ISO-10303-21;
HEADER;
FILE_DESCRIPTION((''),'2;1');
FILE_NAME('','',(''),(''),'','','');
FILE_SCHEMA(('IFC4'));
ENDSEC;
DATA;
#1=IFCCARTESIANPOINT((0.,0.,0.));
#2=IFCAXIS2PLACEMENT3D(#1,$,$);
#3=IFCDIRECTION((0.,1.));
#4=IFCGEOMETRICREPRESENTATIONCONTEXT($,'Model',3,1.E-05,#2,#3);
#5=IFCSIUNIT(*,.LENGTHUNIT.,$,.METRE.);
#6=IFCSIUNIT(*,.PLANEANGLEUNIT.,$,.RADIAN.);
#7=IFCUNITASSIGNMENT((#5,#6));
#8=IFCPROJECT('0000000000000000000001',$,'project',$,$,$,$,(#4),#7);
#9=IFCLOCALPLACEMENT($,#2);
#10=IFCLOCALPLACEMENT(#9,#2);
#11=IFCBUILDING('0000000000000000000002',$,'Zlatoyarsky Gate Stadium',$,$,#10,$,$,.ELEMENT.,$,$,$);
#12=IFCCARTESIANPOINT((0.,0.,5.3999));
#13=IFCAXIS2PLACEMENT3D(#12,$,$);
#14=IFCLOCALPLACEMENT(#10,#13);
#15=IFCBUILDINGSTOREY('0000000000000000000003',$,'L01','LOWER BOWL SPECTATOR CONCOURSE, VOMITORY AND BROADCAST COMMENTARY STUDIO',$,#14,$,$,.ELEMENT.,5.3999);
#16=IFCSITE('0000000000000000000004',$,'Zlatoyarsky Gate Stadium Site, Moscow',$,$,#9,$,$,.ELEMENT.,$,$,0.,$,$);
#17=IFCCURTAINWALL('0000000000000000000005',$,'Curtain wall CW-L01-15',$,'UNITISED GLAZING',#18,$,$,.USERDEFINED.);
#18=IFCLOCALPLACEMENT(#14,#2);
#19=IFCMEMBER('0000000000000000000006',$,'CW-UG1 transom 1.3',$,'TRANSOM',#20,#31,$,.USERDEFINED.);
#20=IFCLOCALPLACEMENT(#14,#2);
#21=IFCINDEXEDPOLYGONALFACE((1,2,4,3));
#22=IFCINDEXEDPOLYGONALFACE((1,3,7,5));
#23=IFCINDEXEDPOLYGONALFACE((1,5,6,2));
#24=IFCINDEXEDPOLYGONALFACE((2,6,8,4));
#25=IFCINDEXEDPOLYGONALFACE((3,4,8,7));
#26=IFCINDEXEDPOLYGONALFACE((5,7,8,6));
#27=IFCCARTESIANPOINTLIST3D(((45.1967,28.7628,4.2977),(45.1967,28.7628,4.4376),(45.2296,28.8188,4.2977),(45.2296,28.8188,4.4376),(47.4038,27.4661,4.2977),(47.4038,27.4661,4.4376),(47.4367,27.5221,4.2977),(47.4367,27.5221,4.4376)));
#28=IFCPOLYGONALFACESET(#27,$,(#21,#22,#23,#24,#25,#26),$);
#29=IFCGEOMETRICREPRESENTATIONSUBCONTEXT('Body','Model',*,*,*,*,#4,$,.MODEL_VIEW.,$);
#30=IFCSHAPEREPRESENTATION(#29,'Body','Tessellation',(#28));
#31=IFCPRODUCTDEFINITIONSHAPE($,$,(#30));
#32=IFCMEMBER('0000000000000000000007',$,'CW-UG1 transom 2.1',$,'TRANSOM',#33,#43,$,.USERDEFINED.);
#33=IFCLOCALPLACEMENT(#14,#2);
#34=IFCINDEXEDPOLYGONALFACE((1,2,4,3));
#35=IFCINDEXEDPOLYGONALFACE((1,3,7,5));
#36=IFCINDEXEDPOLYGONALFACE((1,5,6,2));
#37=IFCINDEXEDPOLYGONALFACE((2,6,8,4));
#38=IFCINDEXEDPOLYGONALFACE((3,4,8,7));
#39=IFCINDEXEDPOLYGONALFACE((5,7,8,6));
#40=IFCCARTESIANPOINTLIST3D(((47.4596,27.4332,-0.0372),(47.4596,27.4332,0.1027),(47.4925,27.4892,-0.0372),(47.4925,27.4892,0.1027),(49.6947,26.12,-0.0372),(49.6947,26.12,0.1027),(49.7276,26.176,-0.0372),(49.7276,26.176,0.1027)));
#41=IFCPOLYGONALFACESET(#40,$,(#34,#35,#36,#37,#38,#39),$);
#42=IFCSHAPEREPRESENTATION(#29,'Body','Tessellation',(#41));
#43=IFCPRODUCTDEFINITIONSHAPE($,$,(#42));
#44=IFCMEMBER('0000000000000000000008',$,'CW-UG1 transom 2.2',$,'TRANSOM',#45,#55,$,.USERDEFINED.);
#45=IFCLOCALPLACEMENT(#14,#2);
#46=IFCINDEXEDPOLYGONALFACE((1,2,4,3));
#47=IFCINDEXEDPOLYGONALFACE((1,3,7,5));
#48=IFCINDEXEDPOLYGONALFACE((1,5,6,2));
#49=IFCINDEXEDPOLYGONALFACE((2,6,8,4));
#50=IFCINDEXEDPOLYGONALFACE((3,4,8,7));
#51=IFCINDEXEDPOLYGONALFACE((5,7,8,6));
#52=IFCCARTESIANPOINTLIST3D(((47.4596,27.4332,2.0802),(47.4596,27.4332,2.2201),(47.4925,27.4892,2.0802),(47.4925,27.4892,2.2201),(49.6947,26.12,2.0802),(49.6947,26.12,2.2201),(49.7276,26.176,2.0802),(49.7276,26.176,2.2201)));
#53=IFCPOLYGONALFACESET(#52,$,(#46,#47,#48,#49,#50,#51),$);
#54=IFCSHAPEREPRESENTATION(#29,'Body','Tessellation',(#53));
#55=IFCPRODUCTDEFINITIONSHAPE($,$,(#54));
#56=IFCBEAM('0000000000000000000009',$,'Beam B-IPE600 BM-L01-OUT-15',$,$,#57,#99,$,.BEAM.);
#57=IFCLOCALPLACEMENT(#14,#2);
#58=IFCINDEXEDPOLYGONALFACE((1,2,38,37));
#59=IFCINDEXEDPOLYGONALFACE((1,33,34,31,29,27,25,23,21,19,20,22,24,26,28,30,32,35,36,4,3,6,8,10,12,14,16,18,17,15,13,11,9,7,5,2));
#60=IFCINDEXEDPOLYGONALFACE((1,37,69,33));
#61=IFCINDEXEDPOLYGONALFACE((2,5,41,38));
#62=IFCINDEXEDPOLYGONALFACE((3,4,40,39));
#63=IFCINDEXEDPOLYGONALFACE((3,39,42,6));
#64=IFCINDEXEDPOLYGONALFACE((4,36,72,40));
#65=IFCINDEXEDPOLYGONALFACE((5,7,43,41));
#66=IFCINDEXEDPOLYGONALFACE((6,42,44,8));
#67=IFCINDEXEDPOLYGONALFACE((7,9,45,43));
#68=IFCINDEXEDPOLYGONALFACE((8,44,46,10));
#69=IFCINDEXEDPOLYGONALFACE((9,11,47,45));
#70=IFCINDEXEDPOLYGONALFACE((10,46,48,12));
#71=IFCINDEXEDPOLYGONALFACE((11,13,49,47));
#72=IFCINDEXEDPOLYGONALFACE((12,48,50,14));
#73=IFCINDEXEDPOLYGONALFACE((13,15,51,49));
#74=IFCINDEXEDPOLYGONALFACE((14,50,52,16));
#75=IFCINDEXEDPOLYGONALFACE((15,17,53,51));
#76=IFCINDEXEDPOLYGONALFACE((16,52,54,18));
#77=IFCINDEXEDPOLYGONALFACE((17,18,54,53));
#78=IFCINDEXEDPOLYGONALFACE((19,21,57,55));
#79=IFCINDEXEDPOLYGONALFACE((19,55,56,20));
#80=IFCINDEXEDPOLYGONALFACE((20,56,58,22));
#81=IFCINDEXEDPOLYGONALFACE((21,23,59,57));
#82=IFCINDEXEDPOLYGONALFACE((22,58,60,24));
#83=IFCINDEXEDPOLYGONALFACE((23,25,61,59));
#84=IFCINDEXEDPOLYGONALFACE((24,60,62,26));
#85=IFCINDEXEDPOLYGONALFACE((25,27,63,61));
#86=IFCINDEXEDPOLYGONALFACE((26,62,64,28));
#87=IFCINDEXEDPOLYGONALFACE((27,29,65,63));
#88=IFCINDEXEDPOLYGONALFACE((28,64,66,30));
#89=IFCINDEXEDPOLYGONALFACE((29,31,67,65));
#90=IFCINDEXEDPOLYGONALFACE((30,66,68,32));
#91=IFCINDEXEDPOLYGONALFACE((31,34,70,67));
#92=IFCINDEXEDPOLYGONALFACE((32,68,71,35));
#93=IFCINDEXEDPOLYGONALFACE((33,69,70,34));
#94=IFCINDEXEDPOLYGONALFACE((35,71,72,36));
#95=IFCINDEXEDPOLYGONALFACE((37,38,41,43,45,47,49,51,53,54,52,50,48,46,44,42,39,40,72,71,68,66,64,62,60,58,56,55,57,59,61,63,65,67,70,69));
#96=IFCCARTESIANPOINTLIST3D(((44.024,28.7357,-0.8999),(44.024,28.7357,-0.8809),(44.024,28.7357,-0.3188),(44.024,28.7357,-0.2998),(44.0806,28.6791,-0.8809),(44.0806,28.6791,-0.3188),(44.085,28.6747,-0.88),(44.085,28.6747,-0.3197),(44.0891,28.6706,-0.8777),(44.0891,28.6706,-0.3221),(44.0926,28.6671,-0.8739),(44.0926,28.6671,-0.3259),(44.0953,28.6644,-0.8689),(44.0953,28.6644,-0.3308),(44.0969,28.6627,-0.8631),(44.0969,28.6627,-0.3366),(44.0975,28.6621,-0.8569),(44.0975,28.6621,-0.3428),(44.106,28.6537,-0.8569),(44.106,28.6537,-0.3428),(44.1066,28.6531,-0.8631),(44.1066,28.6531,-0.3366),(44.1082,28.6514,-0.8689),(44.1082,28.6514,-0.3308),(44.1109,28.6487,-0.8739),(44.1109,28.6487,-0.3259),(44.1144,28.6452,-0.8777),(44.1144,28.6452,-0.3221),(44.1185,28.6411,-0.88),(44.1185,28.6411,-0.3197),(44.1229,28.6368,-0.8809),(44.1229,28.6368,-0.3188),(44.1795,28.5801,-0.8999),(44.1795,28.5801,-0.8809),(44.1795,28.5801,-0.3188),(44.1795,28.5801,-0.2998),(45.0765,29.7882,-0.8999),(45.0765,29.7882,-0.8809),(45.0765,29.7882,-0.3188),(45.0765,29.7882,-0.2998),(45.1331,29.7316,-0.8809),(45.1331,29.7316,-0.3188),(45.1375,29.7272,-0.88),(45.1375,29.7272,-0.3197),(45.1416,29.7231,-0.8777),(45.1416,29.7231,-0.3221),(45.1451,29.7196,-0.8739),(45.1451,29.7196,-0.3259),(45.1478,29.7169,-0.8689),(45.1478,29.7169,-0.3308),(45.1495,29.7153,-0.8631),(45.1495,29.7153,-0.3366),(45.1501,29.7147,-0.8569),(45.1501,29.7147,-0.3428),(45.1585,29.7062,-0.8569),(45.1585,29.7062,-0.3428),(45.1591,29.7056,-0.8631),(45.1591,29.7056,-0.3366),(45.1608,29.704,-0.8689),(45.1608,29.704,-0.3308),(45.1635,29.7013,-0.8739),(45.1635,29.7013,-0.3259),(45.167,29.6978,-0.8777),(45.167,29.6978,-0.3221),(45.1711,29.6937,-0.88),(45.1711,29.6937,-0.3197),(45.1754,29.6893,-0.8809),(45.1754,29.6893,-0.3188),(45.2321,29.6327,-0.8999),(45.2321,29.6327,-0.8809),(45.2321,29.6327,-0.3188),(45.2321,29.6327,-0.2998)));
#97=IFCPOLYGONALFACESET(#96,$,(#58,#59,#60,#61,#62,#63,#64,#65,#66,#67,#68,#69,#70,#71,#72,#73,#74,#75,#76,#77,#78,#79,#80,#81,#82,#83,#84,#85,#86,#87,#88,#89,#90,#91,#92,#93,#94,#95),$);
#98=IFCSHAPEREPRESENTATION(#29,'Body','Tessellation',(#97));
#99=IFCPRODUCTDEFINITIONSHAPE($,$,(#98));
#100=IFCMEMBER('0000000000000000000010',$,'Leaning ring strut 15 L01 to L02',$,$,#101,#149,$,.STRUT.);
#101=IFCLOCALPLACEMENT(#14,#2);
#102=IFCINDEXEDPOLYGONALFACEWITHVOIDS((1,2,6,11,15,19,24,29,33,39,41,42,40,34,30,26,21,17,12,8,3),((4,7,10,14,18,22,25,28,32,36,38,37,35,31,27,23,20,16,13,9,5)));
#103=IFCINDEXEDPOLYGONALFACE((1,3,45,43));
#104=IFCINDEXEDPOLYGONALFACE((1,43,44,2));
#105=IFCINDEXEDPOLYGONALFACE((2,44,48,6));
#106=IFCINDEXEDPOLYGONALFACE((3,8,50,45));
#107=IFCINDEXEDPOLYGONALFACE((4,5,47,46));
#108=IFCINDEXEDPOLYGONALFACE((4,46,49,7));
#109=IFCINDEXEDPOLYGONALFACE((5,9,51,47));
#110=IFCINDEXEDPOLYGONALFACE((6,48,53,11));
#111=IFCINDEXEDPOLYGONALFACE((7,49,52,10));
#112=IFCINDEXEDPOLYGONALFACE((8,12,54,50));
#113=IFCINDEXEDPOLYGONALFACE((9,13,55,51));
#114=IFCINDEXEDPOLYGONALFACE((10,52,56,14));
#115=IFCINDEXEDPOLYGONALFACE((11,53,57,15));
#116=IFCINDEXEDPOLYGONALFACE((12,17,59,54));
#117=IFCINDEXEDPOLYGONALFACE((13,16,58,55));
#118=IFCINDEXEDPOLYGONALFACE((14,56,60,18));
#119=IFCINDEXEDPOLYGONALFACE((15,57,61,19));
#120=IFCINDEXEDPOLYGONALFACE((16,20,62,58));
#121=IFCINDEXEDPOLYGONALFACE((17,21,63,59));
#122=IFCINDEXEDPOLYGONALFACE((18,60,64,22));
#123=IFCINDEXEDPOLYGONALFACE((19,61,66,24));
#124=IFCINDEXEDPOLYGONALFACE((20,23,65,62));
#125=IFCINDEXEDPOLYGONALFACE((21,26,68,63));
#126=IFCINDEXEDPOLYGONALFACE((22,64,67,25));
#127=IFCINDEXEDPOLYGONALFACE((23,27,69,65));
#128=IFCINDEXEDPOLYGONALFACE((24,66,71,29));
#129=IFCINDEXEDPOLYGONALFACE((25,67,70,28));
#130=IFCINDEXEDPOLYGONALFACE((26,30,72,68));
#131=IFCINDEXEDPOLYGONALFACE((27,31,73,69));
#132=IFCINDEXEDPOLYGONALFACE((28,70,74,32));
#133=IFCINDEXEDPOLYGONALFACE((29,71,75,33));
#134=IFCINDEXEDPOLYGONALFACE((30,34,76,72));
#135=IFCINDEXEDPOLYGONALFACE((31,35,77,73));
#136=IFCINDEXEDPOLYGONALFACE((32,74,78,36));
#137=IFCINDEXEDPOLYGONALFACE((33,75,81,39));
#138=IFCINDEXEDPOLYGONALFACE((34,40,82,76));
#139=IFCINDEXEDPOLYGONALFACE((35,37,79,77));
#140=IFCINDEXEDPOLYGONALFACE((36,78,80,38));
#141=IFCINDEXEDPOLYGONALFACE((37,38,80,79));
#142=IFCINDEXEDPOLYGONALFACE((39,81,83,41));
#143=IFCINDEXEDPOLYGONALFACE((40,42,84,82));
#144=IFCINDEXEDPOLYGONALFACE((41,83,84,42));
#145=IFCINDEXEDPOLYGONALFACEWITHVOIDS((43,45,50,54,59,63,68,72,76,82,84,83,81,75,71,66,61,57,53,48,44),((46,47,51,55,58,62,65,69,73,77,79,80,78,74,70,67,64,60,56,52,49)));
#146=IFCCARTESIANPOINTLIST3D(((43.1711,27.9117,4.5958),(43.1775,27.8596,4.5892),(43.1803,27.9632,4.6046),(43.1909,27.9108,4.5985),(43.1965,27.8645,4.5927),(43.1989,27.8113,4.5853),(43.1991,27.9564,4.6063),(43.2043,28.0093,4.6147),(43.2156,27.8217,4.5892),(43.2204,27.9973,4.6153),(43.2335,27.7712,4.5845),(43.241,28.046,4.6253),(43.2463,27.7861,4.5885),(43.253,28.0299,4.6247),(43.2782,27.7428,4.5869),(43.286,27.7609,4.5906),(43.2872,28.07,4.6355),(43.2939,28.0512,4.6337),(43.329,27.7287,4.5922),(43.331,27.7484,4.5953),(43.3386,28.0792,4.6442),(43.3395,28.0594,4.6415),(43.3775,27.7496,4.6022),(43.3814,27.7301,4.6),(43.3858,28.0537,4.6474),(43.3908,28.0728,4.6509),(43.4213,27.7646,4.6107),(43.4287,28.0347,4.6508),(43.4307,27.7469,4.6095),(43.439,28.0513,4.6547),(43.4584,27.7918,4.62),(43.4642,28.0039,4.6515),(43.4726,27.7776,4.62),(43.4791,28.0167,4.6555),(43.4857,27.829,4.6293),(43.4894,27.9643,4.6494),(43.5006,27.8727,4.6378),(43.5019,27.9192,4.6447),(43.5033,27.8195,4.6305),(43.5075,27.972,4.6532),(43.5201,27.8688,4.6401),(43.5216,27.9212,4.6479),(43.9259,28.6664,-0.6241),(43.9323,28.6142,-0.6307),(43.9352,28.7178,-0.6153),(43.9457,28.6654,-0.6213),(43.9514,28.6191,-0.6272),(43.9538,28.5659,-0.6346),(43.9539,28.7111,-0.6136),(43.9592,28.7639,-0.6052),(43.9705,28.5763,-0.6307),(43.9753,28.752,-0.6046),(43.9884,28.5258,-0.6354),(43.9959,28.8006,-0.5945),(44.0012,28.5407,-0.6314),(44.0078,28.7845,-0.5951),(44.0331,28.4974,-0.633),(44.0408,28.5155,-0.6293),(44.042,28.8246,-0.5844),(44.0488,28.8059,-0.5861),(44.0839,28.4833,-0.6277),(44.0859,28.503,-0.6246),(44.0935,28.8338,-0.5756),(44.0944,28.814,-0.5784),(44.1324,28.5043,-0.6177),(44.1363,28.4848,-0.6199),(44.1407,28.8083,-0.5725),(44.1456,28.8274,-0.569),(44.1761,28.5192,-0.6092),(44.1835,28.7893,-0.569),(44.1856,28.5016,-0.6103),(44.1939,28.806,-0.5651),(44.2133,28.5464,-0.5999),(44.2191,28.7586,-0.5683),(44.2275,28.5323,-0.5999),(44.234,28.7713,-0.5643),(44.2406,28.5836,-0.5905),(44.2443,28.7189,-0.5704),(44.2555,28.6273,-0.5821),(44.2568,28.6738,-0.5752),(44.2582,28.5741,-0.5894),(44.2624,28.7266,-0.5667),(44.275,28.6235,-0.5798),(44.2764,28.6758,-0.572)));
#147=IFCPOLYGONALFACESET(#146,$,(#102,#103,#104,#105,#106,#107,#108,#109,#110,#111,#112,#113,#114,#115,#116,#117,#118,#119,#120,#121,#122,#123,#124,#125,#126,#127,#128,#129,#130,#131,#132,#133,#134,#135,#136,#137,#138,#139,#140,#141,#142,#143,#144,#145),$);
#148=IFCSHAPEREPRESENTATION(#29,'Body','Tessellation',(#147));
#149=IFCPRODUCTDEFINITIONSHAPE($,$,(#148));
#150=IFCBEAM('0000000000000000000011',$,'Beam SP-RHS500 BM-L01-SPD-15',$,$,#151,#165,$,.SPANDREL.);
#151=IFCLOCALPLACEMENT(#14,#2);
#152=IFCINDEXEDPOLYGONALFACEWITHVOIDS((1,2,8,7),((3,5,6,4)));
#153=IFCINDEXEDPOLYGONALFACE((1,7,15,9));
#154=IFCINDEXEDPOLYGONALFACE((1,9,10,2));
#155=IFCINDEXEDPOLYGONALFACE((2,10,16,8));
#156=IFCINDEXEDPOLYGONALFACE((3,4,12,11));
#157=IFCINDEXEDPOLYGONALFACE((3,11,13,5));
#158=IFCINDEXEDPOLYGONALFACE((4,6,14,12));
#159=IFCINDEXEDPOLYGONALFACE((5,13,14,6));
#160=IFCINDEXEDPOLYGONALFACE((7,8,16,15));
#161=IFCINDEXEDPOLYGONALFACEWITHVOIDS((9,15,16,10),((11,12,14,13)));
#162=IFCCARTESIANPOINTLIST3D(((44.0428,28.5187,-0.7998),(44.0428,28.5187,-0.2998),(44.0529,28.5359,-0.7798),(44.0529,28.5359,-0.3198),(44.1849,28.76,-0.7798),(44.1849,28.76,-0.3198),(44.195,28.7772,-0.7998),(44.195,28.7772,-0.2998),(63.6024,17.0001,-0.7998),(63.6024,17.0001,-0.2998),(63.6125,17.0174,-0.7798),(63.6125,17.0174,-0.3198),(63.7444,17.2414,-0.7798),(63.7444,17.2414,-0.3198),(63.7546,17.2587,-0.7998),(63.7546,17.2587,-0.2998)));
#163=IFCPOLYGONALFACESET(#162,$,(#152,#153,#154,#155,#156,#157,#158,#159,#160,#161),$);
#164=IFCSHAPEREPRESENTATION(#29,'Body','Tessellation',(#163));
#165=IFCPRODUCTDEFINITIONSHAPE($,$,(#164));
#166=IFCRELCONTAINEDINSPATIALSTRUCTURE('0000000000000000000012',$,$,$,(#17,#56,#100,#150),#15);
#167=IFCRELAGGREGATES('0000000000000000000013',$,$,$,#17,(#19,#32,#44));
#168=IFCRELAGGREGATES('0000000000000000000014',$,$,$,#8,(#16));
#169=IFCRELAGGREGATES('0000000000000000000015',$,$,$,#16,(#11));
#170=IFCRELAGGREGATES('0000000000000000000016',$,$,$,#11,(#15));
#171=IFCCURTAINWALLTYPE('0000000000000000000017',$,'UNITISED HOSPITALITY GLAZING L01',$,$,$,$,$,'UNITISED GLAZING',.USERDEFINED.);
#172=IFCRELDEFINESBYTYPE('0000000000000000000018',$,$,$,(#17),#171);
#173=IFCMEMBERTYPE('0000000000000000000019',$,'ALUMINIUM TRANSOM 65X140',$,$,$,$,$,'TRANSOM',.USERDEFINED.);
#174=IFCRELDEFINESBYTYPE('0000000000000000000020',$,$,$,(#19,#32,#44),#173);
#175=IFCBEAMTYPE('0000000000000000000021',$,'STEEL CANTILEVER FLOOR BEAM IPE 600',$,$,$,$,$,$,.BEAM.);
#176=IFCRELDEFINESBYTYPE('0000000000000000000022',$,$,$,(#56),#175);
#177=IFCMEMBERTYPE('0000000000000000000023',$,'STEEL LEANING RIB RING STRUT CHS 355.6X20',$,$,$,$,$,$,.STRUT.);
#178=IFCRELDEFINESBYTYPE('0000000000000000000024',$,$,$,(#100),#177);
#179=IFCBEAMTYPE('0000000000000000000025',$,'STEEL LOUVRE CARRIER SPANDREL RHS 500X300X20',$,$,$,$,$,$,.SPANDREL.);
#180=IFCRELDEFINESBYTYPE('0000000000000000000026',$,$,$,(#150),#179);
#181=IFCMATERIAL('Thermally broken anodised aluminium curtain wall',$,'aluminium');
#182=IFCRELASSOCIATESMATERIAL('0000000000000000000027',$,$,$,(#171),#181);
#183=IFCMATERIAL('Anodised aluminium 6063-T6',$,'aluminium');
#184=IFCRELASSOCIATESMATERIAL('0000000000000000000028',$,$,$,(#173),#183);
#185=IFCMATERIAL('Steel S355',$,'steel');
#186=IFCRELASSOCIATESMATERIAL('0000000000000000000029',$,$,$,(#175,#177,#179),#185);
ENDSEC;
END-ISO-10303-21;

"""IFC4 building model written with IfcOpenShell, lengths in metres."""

from ifc_helpers import new_model, si_unit, direction, frame, origin, origin_2d, place, context, subcontext, project, spatial, rectangle, hollow_rectangle, hollow_circle, i_section, extrude, material, material_profile, profile_set, type_object, element, aggregate, save


model = new_model("IFC4")

# Units and contexts
model_context = context("Model", 3, precision=1e-05, world=origin(), true_north=direction((0.0, 1.0)))
body_context = subcontext(model_context, "Body", "Model", "MODEL_VIEW")
ifc_project = project(units=[si_unit("LENGTHUNIT", "METRE"), si_unit("PLANEANGLEUNIT", "RADIAN")], contexts=[model_context])

# Site, building, storey
site_placement = place(None, origin())
site = spatial("IfcSite", under=ifc_project, at=site_placement, Name="Zlatoyarsky Gate Stadium Site, Moscow", CompositionType="ELEMENT", RefElevation=0.0)
building_placement = place(site_placement, origin())
building = spatial("IfcBuilding", under=site, at=building_placement, Name="Zlatoyarsky Gate Stadium", CompositionType="ELEMENT")
storey_placement = place(building_placement, frame((0.0, 0.0, 5.3999)))
storey = spatial("IfcBuildingStorey", under=building, at=storey_placement, Name="L01", Description="LOWER BOWL SPECTATOR CONCOURSE, VOMITORY AND BROADCAST COMMENTARY STUDIO", CompositionType="ELEMENT", Elevation=5.3999)

# Shared definitions
ifc_material_1 = material(Name="Steel S355", Category="steel")

# Curtain wall
ifc_material_2 = material(Name="Thermally broken anodised aluminium curtain wall", Category="aluminium")
curtain_wall_type = type_object("IfcCurtainWallType", Name="UNITISED HOSPITALITY GLAZING L01", ElementType="UNITISED GLAZING", PredefinedType="USERDEFINED", material=ifc_material_2)
ifc_material_3 = material(Name="Anodised aluminium 6063-T6", Category="aluminium")
curtain_wall_1_placement = place(storey_placement, origin())
curtain_wall_1 = element("IfcCurtainWall", 1, at=curtain_wall_1_placement, inside=storey, type_object=curtain_wall_type, Name="Curtain wall CW-L01-15", ObjectType="UNITISED GLAZING", PredefinedType="USERDEFINED")

# Members
ifc_material_profile_1 = material_profile(ifc_material_3, rectangle(XDim=0.0649, YDim=0.1399, at=origin_2d()), Name="ALU 65X140")
ifc_profile_set_1 = profile_set([ifc_material_profile_1], Name="Anodised aluminium 6063-T6")
member_type_1 = type_object("IfcMemberType", Name="ALUMINIUM TRANSOM 65X140", ElementType="TRANSOM", PredefinedType="USERDEFINED", material=ifc_profile_set_1)
member_1_placement = place(storey_placement, frame((45.2131, 28.7908, 4.3677), z_axis=(0.862211, -0.506549, 0.0), x_axis=(0.506549, 0.862211, 0.0)))
member_1 = element("IfcMember", 2, at=member_1_placement, type_object=member_type_1, Name="CW-UG1 transom 1.3", ObjectType="TRANSOM", PredefinedType="USERDEFINED", context=body_context, shape_type="SweptSolid", body=[
    extrude(rectangle(XDim=0.0649, YDim=0.1399, at=origin_2d()), origin(), (0.0, 0.0, 1.0), 2.5598),
])
member_2_placement = place(storey_placement, frame((47.4761, 27.4612, 0.0327), z_axis=(0.862193, -0.50658, 0.0), x_axis=(0.50658, 0.862193, 0.0)))
member_2 = element("IfcMember", 3, at=member_2_placement, type_object=member_type_1, Name="CW-UG1 transom 2.1", ObjectType="TRANSOM", PredefinedType="USERDEFINED", context=body_context, shape_type="SweptSolid", body=[
    extrude(rectangle(XDim=0.0649, YDim=0.1399, at=origin_2d()), origin(), (0.0, 0.0, 1.0), 2.5923),
])
member_3_placement = place(storey_placement, frame((47.4761, 27.4612, 2.1501), z_axis=(0.862193, -0.50658, 0.0), x_axis=(0.50658, 0.862193, 0.0)))
member_3 = element("IfcMember", 4, at=member_3_placement, type_object=member_type_1, Name="CW-UG1 transom 2.2", ObjectType="TRANSOM", PredefinedType="USERDEFINED", context=body_context, shape_type="SweptSolid", body=[
    extrude(rectangle(XDim=0.0649, YDim=0.1399, at=origin_2d()), origin(), (0.0, 0.0, 1.0), 2.5923),
])

# Beam
ifc_material_profile_2 = material_profile(ifc_material_1, i_section(OverallWidth=0.22, OverallDepth=0.6001, WebThickness=0.012, FlangeThickness=0.019, FilletRadius=0.0239, at=origin_2d()), Name="IPE 600")
ifc_profile_set_2 = profile_set([ifc_material_profile_2], Name="Steel S355")
beam_type_1 = type_object("IfcBeamType", Name="STEEL CANTILEVER FLOOR BEAM IPE 600", PredefinedType="BEAM", material=ifc_profile_set_2)
beam_1_placement = place(storey_placement, frame((45.1543, 29.7104, -0.5999), z_axis=(-0.707107, -0.707107, 0.0), x_axis=(0.707107, -0.707107, 0.0)))
element("IfcBeam", 5, at=beam_1_placement, inside=storey, type_object=beam_type_1, Name="Beam B-IPE600 BM-L01-OUT-15", PredefinedType="BEAM", context=body_context, shape_type="SweptSolid", body=[
    extrude(i_section(OverallWidth=0.22, OverallDepth=0.6001, WebThickness=0.012, FlangeThickness=0.019, FilletRadius=0.0239, at=origin_2d()), origin(), (0.0, 0.0, 1.0), 1.4885),
])

# Member
ifc_material_profile_3 = material_profile(ifc_material_1, hollow_circle(Radius=0.1777, WallThickness=0.02, at=origin_2d()), Name="CHS 355.6X20")
ifc_profile_set_3 = profile_set([ifc_material_profile_3], Name="Steel S355")
member_type_2 = type_object("IfcMemberType", Name="STEEL LEANING RIB RING STRUT CHS 355.6X20", PredefinedType="STRUT", material=ifc_profile_set_3)
member_4_placement = place(storey_placement, frame((44.1018, 28.658, -0.5999), z_axis=(-0.141683, -0.141637, 0.979727), x_axis=(0.706992, -0.707221, 0.0)))
element("IfcMember", 6, at=member_4_placement, inside=storey, type_object=member_type_2, Name="Leaning ring strut 15 L01 to L02", PredefinedType="STRUT", context=body_context, shape_type="SweptSolid", body=[
    extrude(hollow_circle(Radius=0.1777, WallThickness=0.02, at=origin_2d()), origin(), (0.0, 0.0, 1.0), 5.3279),
])

# Beam
ifc_material_profile_4 = material_profile(ifc_material_1, hollow_rectangle(XDim=0.3, YDim=0.5, WallThickness=0.02, at=origin_2d()), Name="RHS 500X300X20")
ifc_profile_set_4 = profile_set([ifc_material_profile_4], Name="Steel S355")
beam_type_2 = type_object("IfcBeamType", Name="STEEL LOUVRE CARRIER SPANDREL RHS 500X300X20", PredefinedType="SPANDREL", material=ifc_profile_set_4)
beam_2_placement = place(storey_placement, frame((44.1189, 28.6479, -0.5498), z_axis=(0.861685, -0.507443, 0.0), x_axis=(0.507443, 0.861685, 0.0)))
element("IfcBeam", 7, at=beam_2_placement, inside=storey, type_object=beam_type_2, Name="Beam SP-RHS500 BM-L01-SPD-15", PredefinedType="SPANDREL", context=body_context, shape_type="SweptSolid", body=[
    extrude(hollow_rectangle(XDim=0.3, YDim=0.5, WallThickness=0.02, at=origin_2d()), origin(), (0.0, 0.0, 1.0), 22.6992),
])

aggregate(curtain_wall_1, [member_1, member_2, member_3])

save(model, "model.ifc")
